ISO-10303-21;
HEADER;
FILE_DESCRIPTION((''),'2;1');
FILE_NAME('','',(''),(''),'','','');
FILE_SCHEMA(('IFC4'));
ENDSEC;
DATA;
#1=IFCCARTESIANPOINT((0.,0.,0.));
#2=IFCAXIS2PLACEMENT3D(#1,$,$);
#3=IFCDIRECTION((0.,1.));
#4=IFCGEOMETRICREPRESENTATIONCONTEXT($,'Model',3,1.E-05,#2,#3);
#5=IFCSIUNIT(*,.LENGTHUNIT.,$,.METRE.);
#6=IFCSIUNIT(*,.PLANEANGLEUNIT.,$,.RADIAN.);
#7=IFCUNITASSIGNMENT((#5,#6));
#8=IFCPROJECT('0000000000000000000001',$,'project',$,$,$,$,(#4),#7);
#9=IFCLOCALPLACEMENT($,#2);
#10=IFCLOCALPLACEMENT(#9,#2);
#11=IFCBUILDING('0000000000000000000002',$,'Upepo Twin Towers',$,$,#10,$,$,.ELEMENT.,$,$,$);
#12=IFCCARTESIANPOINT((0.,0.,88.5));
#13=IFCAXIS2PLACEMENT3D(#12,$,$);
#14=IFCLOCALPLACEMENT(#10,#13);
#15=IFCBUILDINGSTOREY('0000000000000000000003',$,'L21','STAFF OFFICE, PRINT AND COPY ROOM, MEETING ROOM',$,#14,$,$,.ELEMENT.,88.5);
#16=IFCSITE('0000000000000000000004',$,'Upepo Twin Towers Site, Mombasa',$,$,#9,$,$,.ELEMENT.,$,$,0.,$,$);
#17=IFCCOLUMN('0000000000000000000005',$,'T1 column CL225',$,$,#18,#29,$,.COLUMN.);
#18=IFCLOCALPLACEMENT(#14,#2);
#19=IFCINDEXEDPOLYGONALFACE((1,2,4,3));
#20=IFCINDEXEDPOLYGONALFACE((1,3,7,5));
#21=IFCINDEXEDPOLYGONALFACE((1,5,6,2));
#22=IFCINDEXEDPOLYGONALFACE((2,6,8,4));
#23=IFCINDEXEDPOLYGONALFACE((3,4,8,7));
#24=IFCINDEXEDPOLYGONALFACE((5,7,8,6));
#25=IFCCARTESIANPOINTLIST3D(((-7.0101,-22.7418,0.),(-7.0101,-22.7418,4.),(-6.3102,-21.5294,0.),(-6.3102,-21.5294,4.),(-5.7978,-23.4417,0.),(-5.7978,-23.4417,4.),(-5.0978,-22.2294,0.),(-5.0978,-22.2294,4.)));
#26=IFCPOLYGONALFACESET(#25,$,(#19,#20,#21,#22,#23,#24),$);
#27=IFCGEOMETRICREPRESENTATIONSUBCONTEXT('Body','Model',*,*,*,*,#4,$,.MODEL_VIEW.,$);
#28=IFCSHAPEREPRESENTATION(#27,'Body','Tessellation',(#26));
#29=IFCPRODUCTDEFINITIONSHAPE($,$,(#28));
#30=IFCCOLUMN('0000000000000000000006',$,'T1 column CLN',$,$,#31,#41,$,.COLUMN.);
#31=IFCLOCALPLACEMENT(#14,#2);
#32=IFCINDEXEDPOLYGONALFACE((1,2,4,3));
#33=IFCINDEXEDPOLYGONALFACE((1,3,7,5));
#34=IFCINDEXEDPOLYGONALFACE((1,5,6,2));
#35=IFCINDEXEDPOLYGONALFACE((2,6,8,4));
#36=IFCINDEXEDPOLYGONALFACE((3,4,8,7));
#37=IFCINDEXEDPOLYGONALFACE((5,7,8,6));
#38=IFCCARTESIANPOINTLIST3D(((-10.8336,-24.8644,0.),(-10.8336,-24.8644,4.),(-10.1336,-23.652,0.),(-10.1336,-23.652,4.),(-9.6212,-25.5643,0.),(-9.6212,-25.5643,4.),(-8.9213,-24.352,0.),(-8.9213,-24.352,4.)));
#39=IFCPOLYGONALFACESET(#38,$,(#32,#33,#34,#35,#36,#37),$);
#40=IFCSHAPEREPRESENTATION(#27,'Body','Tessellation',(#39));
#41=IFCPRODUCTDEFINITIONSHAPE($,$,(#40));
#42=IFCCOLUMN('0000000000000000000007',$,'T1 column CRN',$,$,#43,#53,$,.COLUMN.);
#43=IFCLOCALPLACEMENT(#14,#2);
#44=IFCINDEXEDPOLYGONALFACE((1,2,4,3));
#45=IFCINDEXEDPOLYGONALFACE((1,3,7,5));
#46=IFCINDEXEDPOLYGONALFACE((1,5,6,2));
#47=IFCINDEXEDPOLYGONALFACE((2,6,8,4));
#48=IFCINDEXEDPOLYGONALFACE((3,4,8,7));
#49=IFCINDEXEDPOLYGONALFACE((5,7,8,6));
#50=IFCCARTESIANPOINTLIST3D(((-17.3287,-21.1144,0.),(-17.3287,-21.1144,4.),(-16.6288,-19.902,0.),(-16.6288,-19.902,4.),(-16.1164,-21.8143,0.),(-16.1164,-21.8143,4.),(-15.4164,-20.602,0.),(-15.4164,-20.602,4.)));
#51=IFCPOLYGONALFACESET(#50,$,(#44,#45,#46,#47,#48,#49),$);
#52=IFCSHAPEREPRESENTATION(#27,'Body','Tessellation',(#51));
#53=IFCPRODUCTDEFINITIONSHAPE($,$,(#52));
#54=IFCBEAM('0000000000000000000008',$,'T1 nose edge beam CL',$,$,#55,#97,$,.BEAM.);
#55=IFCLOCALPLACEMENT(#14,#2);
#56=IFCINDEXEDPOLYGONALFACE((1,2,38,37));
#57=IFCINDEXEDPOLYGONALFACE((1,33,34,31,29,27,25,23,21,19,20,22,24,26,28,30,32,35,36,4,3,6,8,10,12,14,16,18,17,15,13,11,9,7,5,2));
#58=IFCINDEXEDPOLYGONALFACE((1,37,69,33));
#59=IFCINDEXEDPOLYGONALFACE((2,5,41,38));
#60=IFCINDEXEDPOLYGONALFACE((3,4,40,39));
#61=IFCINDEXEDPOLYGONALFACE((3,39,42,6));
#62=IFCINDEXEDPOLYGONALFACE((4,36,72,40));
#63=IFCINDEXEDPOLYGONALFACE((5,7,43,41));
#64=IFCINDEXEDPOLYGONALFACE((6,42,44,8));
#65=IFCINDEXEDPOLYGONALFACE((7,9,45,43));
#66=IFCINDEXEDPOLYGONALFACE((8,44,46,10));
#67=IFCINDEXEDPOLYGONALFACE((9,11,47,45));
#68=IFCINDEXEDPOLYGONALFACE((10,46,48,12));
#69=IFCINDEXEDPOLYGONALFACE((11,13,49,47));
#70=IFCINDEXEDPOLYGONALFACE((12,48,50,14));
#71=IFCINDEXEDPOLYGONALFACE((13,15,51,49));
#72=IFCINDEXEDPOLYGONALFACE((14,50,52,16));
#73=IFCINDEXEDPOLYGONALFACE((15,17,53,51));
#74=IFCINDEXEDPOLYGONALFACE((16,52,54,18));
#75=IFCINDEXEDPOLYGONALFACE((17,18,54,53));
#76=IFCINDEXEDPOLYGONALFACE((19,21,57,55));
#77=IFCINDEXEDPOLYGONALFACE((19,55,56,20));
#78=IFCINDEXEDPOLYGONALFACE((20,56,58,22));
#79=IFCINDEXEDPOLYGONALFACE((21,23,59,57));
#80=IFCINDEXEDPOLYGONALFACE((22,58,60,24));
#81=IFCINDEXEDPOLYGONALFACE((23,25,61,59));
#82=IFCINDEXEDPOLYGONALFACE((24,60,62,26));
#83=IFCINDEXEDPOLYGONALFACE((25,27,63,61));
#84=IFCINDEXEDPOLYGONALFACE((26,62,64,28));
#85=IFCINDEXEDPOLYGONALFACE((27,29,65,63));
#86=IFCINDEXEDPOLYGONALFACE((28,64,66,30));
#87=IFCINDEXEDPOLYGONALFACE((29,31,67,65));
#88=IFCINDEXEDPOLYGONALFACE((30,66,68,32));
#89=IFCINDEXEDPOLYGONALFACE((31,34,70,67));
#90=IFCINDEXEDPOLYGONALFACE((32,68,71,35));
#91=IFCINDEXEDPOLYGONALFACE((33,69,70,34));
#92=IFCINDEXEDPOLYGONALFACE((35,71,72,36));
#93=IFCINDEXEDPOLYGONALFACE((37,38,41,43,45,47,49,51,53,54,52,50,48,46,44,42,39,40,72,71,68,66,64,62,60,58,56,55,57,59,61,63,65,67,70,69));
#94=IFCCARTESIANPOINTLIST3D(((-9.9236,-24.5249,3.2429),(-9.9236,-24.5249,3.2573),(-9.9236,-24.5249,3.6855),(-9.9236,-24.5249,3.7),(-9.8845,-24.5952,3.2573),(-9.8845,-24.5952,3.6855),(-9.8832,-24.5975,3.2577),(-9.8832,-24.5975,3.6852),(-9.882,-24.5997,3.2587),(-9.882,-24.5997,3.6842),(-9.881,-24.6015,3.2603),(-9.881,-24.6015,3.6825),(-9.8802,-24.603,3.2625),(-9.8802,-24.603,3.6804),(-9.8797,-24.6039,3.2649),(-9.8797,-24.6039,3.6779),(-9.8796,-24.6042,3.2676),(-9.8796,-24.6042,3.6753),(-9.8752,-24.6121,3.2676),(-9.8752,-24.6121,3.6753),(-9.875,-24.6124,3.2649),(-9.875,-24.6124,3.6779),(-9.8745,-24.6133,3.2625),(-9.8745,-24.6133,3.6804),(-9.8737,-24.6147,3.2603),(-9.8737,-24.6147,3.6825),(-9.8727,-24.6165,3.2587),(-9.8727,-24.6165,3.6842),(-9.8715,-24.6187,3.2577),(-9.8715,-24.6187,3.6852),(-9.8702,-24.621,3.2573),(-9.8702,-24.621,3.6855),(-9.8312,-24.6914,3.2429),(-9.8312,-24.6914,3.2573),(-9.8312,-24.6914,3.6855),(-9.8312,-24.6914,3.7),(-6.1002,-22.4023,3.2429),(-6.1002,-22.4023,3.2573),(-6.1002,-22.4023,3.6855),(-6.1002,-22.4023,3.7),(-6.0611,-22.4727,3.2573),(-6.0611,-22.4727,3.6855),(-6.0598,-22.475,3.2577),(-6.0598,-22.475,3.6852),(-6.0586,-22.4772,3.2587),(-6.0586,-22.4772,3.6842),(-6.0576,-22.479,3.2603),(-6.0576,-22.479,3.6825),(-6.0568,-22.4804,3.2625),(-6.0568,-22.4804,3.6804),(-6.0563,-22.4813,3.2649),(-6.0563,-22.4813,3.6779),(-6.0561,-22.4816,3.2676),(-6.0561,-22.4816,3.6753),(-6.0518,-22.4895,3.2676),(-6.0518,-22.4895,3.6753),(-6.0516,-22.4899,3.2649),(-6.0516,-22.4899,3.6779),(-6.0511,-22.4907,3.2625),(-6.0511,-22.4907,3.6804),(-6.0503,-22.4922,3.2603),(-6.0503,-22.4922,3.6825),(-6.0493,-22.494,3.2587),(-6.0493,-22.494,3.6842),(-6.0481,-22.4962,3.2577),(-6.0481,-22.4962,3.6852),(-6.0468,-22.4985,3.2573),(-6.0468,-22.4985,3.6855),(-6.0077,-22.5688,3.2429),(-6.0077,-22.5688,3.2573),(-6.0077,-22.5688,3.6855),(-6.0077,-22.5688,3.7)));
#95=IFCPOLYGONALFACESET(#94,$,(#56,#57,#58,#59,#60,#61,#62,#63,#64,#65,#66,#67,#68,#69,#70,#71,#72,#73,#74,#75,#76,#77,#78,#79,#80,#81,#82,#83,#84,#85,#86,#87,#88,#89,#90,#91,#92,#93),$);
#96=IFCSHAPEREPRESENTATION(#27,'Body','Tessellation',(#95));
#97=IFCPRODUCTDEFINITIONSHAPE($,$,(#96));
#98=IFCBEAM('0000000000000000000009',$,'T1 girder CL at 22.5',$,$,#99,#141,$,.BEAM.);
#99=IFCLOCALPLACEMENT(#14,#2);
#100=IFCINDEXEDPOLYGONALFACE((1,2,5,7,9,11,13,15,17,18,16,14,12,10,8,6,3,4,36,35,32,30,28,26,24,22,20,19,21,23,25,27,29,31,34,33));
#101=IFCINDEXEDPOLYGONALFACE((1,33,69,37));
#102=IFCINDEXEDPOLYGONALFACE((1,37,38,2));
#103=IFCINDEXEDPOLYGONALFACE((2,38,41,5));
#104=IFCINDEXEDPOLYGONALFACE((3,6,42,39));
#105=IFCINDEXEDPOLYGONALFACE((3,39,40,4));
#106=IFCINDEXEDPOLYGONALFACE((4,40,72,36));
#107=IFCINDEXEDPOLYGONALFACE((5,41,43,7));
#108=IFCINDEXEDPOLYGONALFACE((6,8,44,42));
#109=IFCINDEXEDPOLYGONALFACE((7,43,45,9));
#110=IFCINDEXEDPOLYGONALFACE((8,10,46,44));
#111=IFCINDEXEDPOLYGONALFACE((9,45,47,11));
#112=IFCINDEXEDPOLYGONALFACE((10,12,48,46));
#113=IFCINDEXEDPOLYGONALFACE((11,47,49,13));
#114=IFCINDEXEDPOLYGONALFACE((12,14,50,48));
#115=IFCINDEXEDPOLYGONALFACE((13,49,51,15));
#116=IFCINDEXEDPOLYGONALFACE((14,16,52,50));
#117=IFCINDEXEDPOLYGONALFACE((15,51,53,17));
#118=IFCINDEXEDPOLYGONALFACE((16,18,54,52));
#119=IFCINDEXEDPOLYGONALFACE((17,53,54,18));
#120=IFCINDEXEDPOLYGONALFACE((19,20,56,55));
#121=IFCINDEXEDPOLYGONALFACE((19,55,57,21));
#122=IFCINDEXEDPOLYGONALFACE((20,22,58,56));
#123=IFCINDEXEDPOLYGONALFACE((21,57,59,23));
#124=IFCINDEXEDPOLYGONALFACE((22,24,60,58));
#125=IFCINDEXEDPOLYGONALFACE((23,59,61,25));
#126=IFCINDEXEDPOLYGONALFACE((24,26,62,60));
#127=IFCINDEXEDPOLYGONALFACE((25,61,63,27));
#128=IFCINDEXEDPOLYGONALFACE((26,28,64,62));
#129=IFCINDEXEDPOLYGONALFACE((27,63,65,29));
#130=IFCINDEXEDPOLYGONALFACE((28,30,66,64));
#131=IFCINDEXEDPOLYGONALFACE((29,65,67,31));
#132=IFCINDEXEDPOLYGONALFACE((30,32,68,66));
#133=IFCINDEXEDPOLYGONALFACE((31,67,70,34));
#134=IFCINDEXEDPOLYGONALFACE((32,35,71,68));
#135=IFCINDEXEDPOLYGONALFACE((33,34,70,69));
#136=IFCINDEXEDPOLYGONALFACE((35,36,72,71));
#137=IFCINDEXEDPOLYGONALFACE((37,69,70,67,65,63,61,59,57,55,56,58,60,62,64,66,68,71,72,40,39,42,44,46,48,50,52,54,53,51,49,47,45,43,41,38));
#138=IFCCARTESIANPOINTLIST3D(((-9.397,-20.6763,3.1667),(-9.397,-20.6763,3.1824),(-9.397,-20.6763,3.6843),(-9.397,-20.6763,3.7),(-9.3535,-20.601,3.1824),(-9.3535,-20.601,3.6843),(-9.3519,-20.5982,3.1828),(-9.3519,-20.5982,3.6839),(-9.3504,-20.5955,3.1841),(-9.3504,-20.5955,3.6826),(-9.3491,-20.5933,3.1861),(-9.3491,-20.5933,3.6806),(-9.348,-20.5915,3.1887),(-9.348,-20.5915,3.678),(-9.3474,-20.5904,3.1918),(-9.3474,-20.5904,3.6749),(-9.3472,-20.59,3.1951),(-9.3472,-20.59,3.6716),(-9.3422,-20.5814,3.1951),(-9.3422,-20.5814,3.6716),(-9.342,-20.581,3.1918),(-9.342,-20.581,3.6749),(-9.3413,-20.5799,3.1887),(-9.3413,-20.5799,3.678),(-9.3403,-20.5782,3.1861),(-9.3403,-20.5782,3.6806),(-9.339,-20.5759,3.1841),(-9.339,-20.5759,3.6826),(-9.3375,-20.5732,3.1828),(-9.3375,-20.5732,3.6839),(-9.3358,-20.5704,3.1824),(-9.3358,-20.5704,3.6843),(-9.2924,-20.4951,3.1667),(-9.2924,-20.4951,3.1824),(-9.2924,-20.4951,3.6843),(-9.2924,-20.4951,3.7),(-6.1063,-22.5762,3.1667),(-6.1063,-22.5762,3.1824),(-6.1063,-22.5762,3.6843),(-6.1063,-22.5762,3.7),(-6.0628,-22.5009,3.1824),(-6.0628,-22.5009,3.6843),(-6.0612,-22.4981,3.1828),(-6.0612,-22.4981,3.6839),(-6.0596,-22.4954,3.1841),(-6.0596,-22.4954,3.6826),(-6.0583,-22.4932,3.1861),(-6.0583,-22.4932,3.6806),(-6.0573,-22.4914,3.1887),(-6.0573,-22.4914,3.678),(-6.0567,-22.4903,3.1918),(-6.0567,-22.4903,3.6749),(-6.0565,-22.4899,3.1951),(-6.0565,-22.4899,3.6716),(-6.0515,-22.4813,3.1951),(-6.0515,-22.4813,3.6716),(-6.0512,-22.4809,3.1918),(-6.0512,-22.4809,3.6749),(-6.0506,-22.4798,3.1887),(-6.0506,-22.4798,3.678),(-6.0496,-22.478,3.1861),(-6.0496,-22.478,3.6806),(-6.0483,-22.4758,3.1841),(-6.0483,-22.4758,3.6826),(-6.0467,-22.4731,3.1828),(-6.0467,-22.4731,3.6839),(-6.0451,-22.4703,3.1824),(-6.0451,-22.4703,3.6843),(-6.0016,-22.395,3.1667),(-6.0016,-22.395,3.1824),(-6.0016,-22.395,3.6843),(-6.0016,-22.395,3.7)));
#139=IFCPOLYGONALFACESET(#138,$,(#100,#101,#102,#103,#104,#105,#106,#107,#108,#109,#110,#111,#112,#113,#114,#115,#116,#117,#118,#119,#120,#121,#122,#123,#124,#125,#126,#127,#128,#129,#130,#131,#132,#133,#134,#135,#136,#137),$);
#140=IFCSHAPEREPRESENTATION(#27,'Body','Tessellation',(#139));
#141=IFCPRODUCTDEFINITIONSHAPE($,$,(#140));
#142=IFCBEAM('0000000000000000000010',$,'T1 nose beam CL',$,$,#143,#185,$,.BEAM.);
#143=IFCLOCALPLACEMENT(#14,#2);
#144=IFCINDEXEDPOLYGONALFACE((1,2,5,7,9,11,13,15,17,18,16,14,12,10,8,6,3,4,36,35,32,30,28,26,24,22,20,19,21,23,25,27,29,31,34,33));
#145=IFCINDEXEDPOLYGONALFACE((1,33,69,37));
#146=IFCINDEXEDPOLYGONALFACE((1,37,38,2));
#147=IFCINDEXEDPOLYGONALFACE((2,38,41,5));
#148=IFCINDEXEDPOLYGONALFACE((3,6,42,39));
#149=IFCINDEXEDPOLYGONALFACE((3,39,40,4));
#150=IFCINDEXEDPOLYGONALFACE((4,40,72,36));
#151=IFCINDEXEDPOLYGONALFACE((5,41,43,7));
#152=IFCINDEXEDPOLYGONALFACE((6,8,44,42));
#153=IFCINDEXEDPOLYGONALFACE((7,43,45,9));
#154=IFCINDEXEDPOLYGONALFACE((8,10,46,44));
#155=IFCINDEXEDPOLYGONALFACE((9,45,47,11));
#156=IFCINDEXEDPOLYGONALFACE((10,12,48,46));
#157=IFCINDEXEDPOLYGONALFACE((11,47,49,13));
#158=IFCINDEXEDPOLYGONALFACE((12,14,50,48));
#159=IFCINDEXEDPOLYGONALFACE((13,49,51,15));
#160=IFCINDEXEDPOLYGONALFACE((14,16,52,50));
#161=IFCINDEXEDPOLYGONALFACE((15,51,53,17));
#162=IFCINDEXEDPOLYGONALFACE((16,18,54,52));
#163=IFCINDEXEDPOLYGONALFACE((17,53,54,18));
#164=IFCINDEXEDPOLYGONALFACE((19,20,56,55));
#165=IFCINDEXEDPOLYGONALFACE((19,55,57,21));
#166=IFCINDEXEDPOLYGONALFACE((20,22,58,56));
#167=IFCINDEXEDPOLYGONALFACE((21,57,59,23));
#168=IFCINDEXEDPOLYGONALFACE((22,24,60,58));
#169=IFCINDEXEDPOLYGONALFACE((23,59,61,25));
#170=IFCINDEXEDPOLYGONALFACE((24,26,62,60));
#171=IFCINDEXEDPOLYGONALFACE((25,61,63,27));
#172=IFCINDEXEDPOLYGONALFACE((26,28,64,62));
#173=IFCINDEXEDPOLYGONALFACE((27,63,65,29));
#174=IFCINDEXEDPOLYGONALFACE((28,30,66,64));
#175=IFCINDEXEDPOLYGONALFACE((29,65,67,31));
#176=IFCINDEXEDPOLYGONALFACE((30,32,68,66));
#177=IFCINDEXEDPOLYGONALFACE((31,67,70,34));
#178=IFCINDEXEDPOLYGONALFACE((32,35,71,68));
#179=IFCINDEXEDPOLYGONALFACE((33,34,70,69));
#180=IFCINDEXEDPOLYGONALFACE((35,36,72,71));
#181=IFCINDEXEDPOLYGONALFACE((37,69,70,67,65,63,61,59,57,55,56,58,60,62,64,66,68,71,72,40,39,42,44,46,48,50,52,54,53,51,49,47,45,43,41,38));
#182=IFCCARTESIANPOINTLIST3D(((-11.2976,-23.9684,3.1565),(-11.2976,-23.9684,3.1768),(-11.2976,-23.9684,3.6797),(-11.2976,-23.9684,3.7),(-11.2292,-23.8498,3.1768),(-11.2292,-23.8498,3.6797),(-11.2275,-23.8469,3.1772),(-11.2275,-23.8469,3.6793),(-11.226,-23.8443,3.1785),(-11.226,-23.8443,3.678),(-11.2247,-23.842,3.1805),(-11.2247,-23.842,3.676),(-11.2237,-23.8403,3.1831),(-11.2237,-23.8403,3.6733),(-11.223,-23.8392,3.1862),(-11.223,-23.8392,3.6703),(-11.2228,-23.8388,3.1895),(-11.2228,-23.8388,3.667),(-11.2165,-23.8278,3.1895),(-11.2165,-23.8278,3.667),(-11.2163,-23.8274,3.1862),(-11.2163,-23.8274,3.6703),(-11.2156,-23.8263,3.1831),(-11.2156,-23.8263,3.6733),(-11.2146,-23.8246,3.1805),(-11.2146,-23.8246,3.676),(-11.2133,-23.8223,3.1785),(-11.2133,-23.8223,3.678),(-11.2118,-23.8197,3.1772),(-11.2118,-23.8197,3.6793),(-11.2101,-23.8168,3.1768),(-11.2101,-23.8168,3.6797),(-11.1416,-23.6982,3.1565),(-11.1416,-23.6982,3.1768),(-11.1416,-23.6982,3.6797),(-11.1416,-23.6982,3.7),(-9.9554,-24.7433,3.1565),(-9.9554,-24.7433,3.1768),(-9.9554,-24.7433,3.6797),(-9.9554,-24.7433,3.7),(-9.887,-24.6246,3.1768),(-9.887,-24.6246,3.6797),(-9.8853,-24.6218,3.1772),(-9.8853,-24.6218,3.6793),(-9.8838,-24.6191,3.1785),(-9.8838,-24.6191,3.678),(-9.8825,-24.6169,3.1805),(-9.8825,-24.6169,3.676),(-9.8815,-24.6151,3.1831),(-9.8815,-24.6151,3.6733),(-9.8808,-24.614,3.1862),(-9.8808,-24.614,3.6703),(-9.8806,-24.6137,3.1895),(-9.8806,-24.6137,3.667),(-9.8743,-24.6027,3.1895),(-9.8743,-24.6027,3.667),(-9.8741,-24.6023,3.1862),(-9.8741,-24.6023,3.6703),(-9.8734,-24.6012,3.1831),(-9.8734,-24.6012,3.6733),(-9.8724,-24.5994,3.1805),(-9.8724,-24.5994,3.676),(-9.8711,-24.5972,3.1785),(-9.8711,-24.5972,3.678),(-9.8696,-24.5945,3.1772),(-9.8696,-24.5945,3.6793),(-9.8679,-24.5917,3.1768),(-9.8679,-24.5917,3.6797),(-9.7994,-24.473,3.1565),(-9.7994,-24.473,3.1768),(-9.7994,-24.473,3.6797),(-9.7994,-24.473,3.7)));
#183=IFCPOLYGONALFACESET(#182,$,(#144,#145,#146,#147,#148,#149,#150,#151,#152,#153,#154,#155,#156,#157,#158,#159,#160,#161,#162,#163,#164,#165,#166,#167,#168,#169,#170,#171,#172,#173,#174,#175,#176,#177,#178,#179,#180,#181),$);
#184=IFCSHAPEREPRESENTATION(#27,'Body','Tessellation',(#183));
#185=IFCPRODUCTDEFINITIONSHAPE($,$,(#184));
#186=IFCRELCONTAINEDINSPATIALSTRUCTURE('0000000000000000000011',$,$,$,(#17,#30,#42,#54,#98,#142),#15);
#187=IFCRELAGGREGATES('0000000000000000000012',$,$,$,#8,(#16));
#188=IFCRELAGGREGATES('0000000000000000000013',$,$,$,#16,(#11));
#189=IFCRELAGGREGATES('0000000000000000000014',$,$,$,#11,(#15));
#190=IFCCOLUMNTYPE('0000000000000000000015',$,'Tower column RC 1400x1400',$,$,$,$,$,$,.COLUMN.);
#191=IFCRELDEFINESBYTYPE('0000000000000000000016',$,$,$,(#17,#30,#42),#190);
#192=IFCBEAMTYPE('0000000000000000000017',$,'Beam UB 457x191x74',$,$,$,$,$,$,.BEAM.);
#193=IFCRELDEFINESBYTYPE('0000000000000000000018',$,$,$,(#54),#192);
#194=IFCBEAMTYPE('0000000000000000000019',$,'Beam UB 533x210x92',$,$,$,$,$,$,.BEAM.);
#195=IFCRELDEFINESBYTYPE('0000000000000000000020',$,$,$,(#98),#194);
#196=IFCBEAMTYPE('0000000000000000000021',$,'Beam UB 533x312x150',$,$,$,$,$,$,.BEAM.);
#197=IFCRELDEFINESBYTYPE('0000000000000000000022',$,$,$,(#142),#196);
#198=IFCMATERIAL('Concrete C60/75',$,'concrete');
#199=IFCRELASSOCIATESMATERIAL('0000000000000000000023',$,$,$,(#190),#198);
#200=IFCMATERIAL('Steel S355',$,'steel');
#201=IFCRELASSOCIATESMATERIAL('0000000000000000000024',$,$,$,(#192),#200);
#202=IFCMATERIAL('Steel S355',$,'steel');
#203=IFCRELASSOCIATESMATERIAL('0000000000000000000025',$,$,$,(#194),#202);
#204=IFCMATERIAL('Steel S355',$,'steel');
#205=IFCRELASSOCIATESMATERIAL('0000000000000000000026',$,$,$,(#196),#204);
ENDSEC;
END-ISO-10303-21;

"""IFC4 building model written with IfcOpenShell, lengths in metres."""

from ifc_helpers import new_model, si_unit, direction, frame, origin, origin_2d, place, context, subcontext, project, spatial, rectangle, i_section, extrude, material, material_profile, profile_set, type_object, element, save


model = new_model("IFC4")

# Units and contexts
model_context = context("Model", 3, precision=1e-05, world=origin(), true_north=direction((0.0, 1.0)))
body_context = subcontext(model_context, "Body", "Model", "MODEL_VIEW")
ifc_project = project(units=[si_unit("LENGTHUNIT", "METRE"), si_unit("PLANEANGLEUNIT", "RADIAN")], contexts=[model_context])

# Site, building, storey
site_placement = place(None, origin())
site = spatial("IfcSite", under=ifc_project, at=site_placement, Name="Upepo Twin Towers Site, Mombasa", CompositionType="ELEMENT", RefElevation=0.0)
building_placement = place(site_placement, origin())
building = spatial("IfcBuilding", under=site, at=building_placement, Name="Upepo Twin Towers", CompositionType="ELEMENT")
storey_placement = place(building_placement, frame((0.0, 0.0, 88.5)))
storey = spatial("IfcBuildingStorey", under=building, at=storey_placement, Name="L21", Description="STAFF OFFICE, PRINT AND COPY ROOM, MEETING ROOM", CompositionType="ELEMENT", Elevation=88.5)

# Columns
ifc_material_1 = material(Name="Concrete C60/75", Category="concrete")
ifc_material_profile_1 = material_profile(ifc_material_1, rectangle(XDim=1.3999, YDim=1.3999, at=origin_2d()), Name="RC 1400x1400")
ifc_profile_set_1 = profile_set([ifc_material_profile_1], Name="Concrete C60/75")
column_type = type_object("IfcColumnType", Name="Tower column RC 1400x1400", PredefinedType="COLUMN", material=ifc_profile_set_1)
for number, where, z_axis, x_axis, name in (
    (1, (-6.054, -22.4856, 0.0), (0.0, 0.0, 1.0), (0.5, 0.866025, 0.0), "T1 column CL225"),
    (2, (-9.8774, -24.6082, 0.0), (0.0, 0.0, 1.0), (0.5, 0.866025, 0.0), "T1 column CLN"),
    (3, (-16.3726, -20.8582, 0.0), (0.0, 0.0, 1.0), (0.5, 0.866025, 0.0), "T1 column CRN"),
):
    element("IfcColumn", number, at=place(storey_placement, frame(where, z_axis=z_axis, x_axis=x_axis)), inside=storey, type_object=column_type, Name=name, PredefinedType="COLUMN", context=body_context, shape_type="SweptSolid", body=[
        extrude(rectangle(XDim=1.3999, YDim=1.3999, at=origin_2d()), origin(), (0.0, 0.0, 1.0), 4.0),
    ])

# Beams
ifc_material_2 = material(Name="Steel S355", Category="steel")
ifc_material_profile_2 = material_profile(ifc_material_2, i_section(OverallWidth=0.1904, OverallDepth=0.457, WebThickness=0.009, FlangeThickness=0.0144, FilletRadius=0.0103, at=origin_2d()), Name="UB 457x191x74")
ifc_profile_set_2 = profile_set([ifc_material_profile_2], Name="Steel S355")
beam_type_1 = type_object("IfcBeamType", Name="Beam UB 457x191x74", PredefinedType="BEAM", material=ifc_profile_set_2)
beam_1_placement = place(storey_placement, frame((-6.054, -22.4856, 3.4714), z_axis=(-0.874313, -0.485363, 0.0), x_axis=(0.485363, -0.874313, 0.0)))
element("IfcBeam", 4, at=beam_1_placement, inside=storey, type_object=beam_type_1, Name="T1 nose edge beam CL", PredefinedType="BEAM", context=body_context, shape_type="SweptSolid", body=[
    extrude(i_section(OverallWidth=0.1904, OverallDepth=0.457, WebThickness=0.009, FlangeThickness=0.0144, FilletRadius=0.0103, at=origin_2d()), origin(), (0.0, 0.0, 1.0), 4.373),
])
ifc_material_3 = material(Name="Steel S355", Category="steel")
ifc_material_profile_3 = material_profile(ifc_material_3, i_section(OverallWidth=0.2092, OverallDepth=0.5332, WebThickness=0.01, FlangeThickness=0.0156, FilletRadius=0.0127, at=origin_2d()), Name="UB 533x210x92")
ifc_profile_set_3 = profile_set([ifc_material_profile_3], Name="Steel S355")
beam_type_2 = type_object("IfcBeamType", Name="Beam UB 533x210x92", PredefinedType="BEAM", material=ifc_profile_set_3)
beam_2_placement = place(storey_placement, frame((-6.054, -22.4856, 3.4333), z_axis=(-0.866028, 0.499995, 0.0), x_axis=(-0.499995, -0.866028, 0.0)))
element("IfcBeam", 5, at=beam_2_placement, inside=storey, type_object=beam_type_2, Name="T1 girder CL at 22.5", PredefinedType="BEAM", context=body_context, shape_type="SweptSolid", body=[
    extrude(i_section(OverallWidth=0.2092, OverallDepth=0.5332, WebThickness=0.01, FlangeThickness=0.0156, FilletRadius=0.0127, at=origin_2d()), origin(), (0.0, 0.0, 1.0), 3.7998),
])
ifc_material_4 = material(Name="Steel S355", Category="steel")
ifc_material_profile_4 = material_profile(ifc_material_4, i_section(OverallWidth=0.312, OverallDepth=0.5435, WebThickness=0.0127, FlangeThickness=0.0203, FilletRadius=0.0127, at=origin_2d()), Name="UB 533x312x150")
ifc_profile_set_4 = profile_set([ifc_material_profile_4], Name="Steel S355")
beam_type_3 = type_object("IfcBeamType", Name="Beam UB 533x312x150", PredefinedType="BEAM", material=ifc_profile_set_4)
for number, where, z_axis, x_axis, name in (
    (6, (-9.8774, -24.6082, 3.4282), (-0.866044, 0.499968, 0.0), (-0.499968, -0.866044, 0.0), "T1 nose beam CL"),
):
    element("IfcBeam", number, at=place(storey_placement, frame(where, z_axis=z_axis, x_axis=x_axis)), inside=storey, type_object=beam_type_3, Name=name, PredefinedType="BEAM", context=body_context, shape_type="SweptSolid", body=[
        extrude(i_section(OverallWidth=0.312, OverallDepth=0.5435, WebThickness=0.0127, FlangeThickness=0.0203, FilletRadius=0.0127, at=origin_2d()), origin(), (0.0, 0.0, 1.0), 1.5498),
    ])

save(model, "model.ifc")
